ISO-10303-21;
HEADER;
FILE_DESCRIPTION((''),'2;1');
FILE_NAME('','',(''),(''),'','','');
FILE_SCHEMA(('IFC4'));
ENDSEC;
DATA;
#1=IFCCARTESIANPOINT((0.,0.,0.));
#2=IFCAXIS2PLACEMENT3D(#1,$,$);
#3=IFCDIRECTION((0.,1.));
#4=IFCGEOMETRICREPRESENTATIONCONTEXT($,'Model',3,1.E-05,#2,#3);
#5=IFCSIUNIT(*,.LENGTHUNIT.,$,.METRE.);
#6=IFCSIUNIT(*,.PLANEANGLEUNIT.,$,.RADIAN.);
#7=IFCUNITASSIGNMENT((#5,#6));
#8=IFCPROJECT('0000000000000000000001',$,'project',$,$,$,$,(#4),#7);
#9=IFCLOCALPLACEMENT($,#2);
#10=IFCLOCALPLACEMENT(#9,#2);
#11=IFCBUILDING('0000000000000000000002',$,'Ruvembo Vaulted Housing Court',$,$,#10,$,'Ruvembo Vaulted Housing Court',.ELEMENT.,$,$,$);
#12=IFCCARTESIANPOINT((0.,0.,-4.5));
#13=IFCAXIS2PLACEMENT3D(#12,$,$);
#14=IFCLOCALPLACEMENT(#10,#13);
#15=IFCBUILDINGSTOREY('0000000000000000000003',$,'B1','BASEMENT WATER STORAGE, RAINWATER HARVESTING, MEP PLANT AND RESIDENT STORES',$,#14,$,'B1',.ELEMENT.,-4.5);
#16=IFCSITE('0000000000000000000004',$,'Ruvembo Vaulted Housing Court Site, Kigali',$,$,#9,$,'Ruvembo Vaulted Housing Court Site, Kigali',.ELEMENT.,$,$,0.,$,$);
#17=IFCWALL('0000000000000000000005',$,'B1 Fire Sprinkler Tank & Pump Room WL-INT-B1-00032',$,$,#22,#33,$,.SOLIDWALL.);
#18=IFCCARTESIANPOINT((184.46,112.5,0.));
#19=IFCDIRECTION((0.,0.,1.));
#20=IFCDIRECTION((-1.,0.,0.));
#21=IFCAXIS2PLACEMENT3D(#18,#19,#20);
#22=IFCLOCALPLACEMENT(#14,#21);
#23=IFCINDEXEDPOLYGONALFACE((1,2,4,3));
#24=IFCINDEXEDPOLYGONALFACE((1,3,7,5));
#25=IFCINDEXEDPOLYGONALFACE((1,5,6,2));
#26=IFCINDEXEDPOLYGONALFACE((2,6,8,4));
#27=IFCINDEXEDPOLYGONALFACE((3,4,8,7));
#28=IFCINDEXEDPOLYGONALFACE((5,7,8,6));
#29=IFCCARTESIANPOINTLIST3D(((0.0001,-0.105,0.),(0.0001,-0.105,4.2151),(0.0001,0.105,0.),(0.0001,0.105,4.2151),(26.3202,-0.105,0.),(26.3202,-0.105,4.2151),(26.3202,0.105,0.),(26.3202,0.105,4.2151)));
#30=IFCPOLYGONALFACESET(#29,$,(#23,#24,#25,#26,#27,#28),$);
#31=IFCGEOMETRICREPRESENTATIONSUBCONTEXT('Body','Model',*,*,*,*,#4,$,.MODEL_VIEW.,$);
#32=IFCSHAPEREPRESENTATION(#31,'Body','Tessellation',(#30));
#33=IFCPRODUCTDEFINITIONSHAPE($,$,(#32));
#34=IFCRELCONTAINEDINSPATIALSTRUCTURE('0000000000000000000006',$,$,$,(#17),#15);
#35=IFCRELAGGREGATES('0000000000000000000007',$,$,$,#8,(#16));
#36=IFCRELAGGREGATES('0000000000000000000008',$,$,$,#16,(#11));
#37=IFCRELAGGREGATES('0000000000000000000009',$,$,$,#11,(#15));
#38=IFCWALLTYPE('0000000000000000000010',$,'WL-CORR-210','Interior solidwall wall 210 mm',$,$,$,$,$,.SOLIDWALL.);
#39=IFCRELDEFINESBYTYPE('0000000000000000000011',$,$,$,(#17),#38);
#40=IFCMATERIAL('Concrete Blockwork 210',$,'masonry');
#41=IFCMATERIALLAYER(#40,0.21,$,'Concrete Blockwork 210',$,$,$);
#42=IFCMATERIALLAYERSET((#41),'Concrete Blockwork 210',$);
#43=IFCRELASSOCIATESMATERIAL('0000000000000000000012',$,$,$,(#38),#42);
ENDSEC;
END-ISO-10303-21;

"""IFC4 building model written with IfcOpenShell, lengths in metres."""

from ifc_helpers import new_model, si_unit, direction, frame, frame_2d, origin, place, context, subcontext, project, spatial, rectangle, extrude, material, layer, layer_set, type_object, element, save


model = new_model("IFC4")

# Units and contexts
model_context = context("Model", 3, precision=1e-05, world=origin(), true_north=direction((0.0, 1.0)))
body_context = subcontext(model_context, "Body", "Model", "MODEL_VIEW")
ifc_project = project(units=[si_unit("LENGTHUNIT", "METRE"), si_unit("PLANEANGLEUNIT", "RADIAN")], contexts=[model_context])

# Site, building, storey
site_placement = place(None, origin())
site = spatial("IfcSite", under=ifc_project, at=site_placement, Name="Ruvembo Vaulted Housing Court Site, Kigali", LongName="Ruvembo Vaulted Housing Court Site, Kigali", CompositionType="ELEMENT", RefElevation=0.0)
building_placement = place(site_placement, origin())
building = spatial("IfcBuilding", under=site, at=building_placement, Name="Ruvembo Vaulted Housing Court", LongName="Ruvembo Vaulted Housing Court", CompositionType="ELEMENT")
storey_placement = place(building_placement, frame((0.0, 0.0, -4.5)))
storey = spatial("IfcBuildingStorey", under=building, at=storey_placement, Name="B1", Description="BASEMENT WATER STORAGE, RAINWATER HARVESTING, MEP PLANT AND RESIDENT STORES", LongName="B1", CompositionType="ELEMENT", Elevation=-4.5)

# Wall
ifc_material_1 = material(Name="Concrete Blockwork 210", Category="masonry")
ifc_layer_1 = layer(ifc_material_1, 0.21, Name="Concrete Blockwork 210")
ifc_layer_set_1 = layer_set([ifc_layer_1], Name="Concrete Blockwork 210")
wall_type_1 = type_object("IfcWallType", Name="WL-CORR-210", Description="Interior solidwall wall 210 mm", PredefinedType="SOLIDWALL", material=ifc_layer_set_1)
wall_1_placement = place(storey_placement, frame((184.46, 112.5, 0.0), z_axis=(0.0, 0.0, 1.0), x_axis=(-1.0, 0.0, 0.0)))
element("IfcWall", 1, at=wall_1_placement, inside=storey, type_object=wall_type_1, Name="B1 Fire Sprinkler Tank & Pump Room WL-INT-B1-00032", PredefinedType="SOLIDWALL", context=body_context, shape_type="SweptSolid", body=[
    extrude(rectangle(XDim=26.3201, YDim=0.21, at=frame_2d((13.1602, 0.0))), origin(), (0.0, 0.0, 1.0), 4.2151),
])

save(model, "model.ifc")
